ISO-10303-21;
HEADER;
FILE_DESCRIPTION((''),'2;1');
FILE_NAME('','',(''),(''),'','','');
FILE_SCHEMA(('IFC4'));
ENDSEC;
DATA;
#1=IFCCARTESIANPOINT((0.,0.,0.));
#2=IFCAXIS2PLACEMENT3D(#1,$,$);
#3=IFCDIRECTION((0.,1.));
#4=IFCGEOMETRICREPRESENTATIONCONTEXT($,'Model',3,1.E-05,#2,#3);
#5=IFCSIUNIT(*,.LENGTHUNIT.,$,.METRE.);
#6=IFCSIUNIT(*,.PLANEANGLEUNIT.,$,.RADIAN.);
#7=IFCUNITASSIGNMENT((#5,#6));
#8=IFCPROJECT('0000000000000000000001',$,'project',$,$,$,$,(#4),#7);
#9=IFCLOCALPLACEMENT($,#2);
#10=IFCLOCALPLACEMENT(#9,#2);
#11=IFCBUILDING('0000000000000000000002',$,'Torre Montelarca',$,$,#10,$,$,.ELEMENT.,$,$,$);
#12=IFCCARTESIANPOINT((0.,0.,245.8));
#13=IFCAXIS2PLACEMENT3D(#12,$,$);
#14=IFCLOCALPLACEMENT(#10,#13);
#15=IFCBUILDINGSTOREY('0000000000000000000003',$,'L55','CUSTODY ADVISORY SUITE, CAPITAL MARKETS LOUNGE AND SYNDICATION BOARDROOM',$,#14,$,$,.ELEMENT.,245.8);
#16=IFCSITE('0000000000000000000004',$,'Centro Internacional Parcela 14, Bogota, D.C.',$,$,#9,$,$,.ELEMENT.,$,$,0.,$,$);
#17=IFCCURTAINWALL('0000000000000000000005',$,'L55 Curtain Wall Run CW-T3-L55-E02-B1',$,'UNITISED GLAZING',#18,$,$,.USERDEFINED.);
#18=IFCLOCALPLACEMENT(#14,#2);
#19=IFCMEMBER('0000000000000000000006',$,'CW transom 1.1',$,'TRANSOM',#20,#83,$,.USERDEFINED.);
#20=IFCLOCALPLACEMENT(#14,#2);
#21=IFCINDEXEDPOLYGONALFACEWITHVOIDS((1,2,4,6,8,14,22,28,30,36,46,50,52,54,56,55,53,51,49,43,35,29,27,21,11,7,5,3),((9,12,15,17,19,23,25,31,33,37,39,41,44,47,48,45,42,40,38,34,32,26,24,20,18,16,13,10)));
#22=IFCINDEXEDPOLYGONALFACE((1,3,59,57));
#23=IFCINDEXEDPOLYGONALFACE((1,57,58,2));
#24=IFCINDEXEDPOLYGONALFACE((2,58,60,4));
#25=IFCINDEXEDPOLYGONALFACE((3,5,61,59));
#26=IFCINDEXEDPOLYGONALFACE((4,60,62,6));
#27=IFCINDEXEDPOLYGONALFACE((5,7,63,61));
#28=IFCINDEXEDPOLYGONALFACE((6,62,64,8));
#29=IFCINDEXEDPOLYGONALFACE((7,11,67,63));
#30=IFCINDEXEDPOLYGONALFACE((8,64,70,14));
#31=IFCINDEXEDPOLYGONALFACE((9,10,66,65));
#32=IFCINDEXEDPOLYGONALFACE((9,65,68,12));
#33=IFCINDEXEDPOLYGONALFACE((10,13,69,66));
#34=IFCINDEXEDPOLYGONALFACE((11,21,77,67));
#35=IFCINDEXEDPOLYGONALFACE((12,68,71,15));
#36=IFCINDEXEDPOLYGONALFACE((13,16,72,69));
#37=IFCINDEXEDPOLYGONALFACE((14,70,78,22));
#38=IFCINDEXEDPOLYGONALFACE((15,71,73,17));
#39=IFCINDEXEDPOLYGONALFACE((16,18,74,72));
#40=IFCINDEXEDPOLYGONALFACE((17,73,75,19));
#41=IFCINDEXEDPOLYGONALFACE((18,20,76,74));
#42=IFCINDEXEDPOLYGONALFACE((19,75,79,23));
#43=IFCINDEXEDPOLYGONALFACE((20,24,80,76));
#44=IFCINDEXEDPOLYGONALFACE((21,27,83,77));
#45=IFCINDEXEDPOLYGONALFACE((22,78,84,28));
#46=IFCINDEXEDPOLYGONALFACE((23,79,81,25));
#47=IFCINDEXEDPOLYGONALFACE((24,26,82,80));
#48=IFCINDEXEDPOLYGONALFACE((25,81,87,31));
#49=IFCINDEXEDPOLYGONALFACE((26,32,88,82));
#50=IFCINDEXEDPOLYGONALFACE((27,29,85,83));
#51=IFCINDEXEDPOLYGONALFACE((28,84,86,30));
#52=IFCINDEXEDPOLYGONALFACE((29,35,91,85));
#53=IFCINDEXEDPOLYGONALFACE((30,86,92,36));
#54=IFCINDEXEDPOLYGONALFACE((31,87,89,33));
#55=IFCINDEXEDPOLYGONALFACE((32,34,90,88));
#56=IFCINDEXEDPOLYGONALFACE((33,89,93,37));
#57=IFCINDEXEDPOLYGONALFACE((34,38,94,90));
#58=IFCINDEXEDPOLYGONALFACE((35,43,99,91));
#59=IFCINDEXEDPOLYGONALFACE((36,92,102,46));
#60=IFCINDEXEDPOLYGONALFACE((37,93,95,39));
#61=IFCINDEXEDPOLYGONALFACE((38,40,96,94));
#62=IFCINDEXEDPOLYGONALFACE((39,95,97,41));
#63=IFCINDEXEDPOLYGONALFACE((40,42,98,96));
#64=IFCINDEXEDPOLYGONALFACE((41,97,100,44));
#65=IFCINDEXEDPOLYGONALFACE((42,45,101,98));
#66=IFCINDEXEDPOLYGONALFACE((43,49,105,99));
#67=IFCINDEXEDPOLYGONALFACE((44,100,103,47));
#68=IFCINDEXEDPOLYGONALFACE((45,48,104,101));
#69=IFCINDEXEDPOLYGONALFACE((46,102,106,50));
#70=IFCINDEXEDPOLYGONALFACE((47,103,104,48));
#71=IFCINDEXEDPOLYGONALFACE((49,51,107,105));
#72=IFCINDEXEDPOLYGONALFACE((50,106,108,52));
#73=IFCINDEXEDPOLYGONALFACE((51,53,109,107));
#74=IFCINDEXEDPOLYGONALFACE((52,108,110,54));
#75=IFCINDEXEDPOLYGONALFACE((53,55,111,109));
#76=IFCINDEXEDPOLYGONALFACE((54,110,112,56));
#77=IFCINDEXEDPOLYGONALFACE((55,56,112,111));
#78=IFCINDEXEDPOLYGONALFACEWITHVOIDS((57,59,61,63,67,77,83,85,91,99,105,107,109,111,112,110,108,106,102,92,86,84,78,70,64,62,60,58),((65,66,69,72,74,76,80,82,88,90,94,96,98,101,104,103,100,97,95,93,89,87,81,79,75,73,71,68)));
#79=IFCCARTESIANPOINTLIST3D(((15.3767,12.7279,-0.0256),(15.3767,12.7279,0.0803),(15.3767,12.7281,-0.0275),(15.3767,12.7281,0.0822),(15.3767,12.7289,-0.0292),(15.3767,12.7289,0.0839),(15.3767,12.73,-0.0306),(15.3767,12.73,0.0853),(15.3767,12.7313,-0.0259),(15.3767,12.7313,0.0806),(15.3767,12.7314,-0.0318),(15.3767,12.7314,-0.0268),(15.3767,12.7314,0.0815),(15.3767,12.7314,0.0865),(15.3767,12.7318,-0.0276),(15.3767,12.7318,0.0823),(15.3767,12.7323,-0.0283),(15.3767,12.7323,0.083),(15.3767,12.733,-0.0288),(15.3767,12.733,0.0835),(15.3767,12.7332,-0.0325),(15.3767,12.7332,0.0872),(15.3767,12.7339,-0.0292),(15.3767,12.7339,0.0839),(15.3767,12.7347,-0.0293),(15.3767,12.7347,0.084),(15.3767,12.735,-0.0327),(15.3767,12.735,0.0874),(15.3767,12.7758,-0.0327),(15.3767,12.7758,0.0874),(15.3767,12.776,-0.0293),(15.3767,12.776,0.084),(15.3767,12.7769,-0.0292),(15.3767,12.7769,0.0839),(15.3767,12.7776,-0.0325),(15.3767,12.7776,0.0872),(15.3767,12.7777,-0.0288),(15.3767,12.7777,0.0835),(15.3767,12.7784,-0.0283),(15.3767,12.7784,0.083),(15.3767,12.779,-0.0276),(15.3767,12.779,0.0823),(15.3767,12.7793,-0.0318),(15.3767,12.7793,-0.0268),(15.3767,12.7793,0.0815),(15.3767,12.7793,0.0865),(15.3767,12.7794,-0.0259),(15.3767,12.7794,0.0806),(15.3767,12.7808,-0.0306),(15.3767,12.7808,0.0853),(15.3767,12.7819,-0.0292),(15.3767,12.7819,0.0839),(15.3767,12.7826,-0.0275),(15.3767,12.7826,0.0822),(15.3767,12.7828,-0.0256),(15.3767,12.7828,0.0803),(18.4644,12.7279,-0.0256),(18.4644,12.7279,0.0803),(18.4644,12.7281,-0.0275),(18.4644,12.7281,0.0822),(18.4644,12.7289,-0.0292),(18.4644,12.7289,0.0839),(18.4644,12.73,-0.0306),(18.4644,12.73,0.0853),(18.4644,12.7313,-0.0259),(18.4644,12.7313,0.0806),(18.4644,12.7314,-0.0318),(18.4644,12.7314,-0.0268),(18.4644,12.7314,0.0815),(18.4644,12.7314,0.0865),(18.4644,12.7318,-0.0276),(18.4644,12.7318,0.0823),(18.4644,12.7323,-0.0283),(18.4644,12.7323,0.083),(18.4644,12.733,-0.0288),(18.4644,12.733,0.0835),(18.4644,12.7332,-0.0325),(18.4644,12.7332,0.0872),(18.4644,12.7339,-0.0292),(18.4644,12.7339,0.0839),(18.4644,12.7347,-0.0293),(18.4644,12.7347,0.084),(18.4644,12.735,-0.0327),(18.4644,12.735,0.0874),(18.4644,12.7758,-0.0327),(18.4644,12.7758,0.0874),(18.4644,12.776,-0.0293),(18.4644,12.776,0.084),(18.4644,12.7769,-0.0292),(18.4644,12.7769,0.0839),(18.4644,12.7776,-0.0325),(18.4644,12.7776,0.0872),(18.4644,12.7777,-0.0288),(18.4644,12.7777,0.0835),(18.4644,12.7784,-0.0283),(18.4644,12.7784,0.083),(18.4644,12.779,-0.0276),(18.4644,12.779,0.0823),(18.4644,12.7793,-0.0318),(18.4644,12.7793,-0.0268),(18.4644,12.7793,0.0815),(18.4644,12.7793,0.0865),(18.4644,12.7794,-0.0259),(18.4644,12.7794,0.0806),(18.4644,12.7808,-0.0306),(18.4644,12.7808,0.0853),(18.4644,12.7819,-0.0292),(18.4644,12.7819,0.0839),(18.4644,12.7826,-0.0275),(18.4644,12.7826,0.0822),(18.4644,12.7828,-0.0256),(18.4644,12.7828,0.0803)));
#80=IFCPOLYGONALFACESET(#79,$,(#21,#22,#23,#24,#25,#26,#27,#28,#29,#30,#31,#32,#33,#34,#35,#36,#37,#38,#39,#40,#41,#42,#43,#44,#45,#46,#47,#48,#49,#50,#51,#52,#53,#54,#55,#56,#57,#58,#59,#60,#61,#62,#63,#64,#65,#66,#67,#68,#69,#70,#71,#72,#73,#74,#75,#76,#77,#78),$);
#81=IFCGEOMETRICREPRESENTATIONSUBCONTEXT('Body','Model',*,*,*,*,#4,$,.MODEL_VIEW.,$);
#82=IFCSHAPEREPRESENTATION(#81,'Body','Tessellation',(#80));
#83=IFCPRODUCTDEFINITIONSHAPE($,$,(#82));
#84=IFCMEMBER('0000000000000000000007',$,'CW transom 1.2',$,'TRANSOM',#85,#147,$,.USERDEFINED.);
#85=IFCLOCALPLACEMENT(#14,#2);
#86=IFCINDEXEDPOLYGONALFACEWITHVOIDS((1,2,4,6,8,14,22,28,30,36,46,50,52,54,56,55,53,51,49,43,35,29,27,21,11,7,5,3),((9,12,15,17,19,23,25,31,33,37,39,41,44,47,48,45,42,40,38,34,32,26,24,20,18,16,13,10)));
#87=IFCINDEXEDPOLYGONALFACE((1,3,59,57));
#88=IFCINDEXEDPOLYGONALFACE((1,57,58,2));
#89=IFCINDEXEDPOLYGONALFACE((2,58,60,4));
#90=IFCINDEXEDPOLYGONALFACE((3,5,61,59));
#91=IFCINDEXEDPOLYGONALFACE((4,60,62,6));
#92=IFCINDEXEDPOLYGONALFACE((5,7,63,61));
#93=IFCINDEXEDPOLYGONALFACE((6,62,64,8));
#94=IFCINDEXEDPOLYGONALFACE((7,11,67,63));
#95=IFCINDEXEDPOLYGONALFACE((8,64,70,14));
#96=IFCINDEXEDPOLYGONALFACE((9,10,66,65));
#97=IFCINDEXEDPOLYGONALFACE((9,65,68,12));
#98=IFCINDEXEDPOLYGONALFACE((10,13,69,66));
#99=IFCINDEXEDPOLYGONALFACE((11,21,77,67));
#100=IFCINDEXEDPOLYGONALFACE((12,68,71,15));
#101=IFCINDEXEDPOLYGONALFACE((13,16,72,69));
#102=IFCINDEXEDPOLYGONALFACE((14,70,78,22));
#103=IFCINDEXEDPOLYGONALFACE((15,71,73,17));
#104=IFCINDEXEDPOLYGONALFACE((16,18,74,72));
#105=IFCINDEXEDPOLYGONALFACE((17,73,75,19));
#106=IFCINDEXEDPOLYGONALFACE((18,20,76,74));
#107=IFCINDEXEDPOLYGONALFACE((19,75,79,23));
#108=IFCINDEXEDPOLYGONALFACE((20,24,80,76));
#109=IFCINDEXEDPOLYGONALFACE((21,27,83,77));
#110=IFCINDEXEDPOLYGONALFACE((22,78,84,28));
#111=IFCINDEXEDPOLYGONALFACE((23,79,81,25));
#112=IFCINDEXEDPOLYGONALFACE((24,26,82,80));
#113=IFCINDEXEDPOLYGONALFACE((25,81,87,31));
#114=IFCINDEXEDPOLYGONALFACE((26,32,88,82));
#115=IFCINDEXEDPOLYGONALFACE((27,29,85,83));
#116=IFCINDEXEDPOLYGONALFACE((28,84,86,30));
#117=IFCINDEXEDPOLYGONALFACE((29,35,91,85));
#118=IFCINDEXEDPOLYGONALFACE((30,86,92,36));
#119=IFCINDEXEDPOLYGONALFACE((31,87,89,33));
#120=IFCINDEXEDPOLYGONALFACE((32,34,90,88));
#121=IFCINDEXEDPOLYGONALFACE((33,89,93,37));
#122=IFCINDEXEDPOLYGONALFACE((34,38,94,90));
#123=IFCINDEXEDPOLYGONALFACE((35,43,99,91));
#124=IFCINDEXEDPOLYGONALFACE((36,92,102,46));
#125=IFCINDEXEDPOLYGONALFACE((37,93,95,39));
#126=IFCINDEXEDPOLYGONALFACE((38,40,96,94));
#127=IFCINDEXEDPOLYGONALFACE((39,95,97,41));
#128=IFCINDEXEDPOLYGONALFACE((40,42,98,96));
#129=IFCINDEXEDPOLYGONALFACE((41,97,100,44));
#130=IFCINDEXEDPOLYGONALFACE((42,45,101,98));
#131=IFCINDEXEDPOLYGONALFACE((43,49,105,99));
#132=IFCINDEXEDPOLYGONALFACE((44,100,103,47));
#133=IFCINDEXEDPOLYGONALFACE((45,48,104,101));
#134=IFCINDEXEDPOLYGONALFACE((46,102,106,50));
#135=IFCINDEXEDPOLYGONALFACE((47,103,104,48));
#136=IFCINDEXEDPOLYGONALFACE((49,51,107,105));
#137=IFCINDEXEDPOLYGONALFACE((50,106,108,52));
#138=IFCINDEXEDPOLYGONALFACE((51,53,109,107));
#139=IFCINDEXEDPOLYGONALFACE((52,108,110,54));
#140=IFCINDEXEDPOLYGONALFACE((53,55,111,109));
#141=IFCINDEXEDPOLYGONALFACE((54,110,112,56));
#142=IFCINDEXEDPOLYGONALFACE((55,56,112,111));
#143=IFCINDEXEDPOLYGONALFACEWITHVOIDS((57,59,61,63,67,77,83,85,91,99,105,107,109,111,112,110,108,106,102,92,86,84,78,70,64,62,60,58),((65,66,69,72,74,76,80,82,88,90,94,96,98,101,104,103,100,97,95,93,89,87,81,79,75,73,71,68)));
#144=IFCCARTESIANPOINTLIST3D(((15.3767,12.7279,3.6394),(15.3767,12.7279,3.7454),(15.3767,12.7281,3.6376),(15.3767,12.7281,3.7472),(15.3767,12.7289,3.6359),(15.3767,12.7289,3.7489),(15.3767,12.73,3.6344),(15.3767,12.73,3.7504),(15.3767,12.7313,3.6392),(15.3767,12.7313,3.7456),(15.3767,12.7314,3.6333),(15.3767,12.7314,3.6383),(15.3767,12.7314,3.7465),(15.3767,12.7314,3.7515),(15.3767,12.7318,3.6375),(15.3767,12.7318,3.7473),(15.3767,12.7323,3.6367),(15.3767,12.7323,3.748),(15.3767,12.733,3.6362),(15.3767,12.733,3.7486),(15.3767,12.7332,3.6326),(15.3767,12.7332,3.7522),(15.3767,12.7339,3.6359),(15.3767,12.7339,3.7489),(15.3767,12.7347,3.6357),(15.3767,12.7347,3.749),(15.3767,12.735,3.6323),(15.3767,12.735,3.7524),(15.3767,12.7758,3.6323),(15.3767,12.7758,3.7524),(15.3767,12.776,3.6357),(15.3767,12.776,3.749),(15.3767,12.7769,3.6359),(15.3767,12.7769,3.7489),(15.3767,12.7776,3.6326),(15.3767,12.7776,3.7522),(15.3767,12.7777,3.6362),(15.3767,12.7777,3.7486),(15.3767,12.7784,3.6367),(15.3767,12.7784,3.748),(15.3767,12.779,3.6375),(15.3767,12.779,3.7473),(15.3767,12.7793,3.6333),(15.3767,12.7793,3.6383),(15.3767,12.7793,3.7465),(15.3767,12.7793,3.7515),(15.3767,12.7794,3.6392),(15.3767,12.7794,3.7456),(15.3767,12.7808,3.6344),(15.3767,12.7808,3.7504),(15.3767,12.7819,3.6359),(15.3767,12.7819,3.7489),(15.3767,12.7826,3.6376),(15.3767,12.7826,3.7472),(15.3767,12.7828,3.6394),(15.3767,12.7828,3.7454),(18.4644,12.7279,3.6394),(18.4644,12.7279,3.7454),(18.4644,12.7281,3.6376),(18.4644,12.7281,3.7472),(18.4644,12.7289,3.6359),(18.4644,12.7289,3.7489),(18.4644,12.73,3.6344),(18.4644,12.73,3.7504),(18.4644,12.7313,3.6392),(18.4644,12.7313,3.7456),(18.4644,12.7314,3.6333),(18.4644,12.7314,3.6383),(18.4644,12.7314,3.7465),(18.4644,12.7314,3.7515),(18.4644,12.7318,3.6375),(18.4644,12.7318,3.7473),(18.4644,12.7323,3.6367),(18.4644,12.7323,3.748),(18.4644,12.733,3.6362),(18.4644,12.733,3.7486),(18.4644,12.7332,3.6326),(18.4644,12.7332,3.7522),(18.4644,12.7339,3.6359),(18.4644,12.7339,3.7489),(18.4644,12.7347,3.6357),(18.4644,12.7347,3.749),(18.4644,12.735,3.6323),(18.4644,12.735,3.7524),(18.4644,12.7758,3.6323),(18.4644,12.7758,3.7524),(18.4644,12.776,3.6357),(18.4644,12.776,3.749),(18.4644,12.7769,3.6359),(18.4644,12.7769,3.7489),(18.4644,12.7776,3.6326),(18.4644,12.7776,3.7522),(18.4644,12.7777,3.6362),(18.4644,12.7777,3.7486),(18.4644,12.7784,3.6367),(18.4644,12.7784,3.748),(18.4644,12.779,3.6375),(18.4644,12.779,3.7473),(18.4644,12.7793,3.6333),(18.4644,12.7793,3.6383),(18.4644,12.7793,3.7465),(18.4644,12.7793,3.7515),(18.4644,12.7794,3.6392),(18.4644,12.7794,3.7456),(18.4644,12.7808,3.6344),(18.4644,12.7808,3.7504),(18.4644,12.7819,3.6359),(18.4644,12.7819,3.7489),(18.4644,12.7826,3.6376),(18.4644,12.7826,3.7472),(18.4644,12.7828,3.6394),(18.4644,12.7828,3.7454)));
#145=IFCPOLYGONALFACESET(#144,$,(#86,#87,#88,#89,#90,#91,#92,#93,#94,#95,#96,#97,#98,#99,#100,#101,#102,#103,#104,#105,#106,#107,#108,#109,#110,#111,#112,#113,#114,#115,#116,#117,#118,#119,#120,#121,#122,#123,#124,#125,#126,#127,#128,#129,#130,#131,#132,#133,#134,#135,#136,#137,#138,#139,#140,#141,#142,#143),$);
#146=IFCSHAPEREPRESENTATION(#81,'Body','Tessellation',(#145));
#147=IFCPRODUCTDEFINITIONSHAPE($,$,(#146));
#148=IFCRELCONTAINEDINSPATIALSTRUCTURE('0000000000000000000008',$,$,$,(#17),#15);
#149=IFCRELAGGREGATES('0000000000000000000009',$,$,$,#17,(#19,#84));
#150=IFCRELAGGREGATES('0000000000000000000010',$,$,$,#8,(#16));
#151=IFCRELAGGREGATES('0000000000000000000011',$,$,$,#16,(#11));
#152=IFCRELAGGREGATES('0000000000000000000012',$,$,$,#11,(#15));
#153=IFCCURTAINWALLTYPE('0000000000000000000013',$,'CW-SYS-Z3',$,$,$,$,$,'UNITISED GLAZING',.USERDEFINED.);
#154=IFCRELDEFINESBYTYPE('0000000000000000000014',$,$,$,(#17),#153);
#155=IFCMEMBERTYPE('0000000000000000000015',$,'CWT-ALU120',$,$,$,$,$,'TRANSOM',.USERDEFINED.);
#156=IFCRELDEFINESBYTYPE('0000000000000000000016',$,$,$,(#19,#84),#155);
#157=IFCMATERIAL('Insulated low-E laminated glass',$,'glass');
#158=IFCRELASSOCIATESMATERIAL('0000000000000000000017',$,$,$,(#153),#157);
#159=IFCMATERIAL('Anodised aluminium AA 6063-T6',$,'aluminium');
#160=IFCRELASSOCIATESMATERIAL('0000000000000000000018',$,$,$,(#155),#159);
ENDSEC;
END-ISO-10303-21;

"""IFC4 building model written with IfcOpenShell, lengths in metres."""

from ifc_helpers import new_model, si_unit, direction, frame, origin, origin_2d, place, context, subcontext, project, spatial, hollow_rectangle, extrude, source, transform, mapped, material, material_profile, profile_set, type_object, element, aggregate, save


model = new_model("IFC4")

# Units and contexts
model_context = context("Model", 3, precision=1e-05, world=origin(), true_north=direction((0.0, 1.0)))
body_context = subcontext(model_context, "Body", "Model", "MODEL_VIEW")
ifc_project = project(units=[si_unit("LENGTHUNIT", "METRE"), si_unit("PLANEANGLEUNIT", "RADIAN")], contexts=[model_context])

# Site, building, storey
site_placement = place(None, origin())
site = spatial("IfcSite", under=ifc_project, at=site_placement, Name="Centro Internacional Parcela 14, Bogota, D.C.", CompositionType="ELEMENT", RefElevation=0.0)
building_placement = place(site_placement, origin())
building = spatial("IfcBuilding", under=site, at=building_placement, Name="Torre Montelarca", CompositionType="ELEMENT")
storey_placement = place(building_placement, frame((0.0, 0.0, 245.8)))
storey = spatial("IfcBuildingStorey", under=building, at=storey_placement, Name="L55", Description="CUSTODY ADVISORY SUITE, CAPITAL MARKETS LOUNGE AND SYNDICATION BOARDROOM", CompositionType="ELEMENT", Elevation=245.8)

# Curtain wall
ifc_material_1 = material(Name="Insulated low-E laminated glass", Category="glass")
curtain_wall_type = type_object("IfcCurtainWallType", Name="CW-SYS-Z3", ElementType="UNITISED GLAZING", PredefinedType="USERDEFINED", material=ifc_material_1)
curtain_wall_1_placement = place(storey_placement, origin())
curtain_wall_1 = element("IfcCurtainWall", 1, at=curtain_wall_1_placement, inside=storey, type_object=curtain_wall_type, Name="L55 Curtain Wall Run CW-T3-L55-E02-B1", ObjectType="UNITISED GLAZING", PredefinedType="USERDEFINED")
ifc_material_2 = material(Name="Anodised aluminium AA 6063-T6", Category="aluminium")
ifc_material_profile_1 = material_profile(ifc_material_2, hollow_rectangle(XDim=0.0549, YDim=0.1201, WallThickness=0.0034, InnerFilletRadius=0.0034, OuterFilletRadius=0.0071, at=origin_2d()), Name="ALU55X120X3.5", Category="aluminium")
ifc_profile_set_1 = profile_set([ifc_material_profile_1], Name="Anodised aluminium AA 6063-T6")
member_type_1 = type_object("IfcMemberType", Name="CWT-ALU120", ElementType="TRANSOM", PredefinedType="USERDEFINED", material=ifc_profile_set_1)

# Members
shared_shape_1 = source(origin(), body_context, "Body", "SweptSolid", [
    extrude(hollow_rectangle(XDim=0.0549, YDim=0.1201, WallThickness=0.0034, InnerFilletRadius=0.0034, OuterFilletRadius=0.0071, at=origin_2d()), origin(), (0.0, 0.0, 1.0), 3.0876),
])
member_1_placement = place(storey_placement, frame((15.3767, 12.7554, 0.0273), z_axis=(1.0, 0.0, 0.0), x_axis=(0.0, 1.0, 0.0)))
member_1 = element("IfcMember", 2, at=member_1_placement, type_object=member_type_1, Name="CW transom 1.1", ObjectType="TRANSOM", PredefinedType="USERDEFINED", context=body_context, shape_type="MappedRepresentation", body=[
    mapped(shared_shape_1, transform((0.0, 0.0, 0.0), scale=1.0)),
])
member_2_placement = place(storey_placement, frame((15.3767, 12.7554, 3.6924), z_axis=(1.0, 0.0, 0.0), x_axis=(0.0, 1.0, 0.0)))
member_2 = element("IfcMember", 3, at=member_2_placement, type_object=member_type_1, Name="CW transom 1.2", ObjectType="TRANSOM", PredefinedType="USERDEFINED", context=body_context, shape_type="MappedRepresentation", body=[
    mapped(shared_shape_1, transform((0.0, 0.0, 0.0), scale=1.0)),
])

aggregate(curtain_wall_1, [member_1, member_2])

save(model, "model.ifc")
